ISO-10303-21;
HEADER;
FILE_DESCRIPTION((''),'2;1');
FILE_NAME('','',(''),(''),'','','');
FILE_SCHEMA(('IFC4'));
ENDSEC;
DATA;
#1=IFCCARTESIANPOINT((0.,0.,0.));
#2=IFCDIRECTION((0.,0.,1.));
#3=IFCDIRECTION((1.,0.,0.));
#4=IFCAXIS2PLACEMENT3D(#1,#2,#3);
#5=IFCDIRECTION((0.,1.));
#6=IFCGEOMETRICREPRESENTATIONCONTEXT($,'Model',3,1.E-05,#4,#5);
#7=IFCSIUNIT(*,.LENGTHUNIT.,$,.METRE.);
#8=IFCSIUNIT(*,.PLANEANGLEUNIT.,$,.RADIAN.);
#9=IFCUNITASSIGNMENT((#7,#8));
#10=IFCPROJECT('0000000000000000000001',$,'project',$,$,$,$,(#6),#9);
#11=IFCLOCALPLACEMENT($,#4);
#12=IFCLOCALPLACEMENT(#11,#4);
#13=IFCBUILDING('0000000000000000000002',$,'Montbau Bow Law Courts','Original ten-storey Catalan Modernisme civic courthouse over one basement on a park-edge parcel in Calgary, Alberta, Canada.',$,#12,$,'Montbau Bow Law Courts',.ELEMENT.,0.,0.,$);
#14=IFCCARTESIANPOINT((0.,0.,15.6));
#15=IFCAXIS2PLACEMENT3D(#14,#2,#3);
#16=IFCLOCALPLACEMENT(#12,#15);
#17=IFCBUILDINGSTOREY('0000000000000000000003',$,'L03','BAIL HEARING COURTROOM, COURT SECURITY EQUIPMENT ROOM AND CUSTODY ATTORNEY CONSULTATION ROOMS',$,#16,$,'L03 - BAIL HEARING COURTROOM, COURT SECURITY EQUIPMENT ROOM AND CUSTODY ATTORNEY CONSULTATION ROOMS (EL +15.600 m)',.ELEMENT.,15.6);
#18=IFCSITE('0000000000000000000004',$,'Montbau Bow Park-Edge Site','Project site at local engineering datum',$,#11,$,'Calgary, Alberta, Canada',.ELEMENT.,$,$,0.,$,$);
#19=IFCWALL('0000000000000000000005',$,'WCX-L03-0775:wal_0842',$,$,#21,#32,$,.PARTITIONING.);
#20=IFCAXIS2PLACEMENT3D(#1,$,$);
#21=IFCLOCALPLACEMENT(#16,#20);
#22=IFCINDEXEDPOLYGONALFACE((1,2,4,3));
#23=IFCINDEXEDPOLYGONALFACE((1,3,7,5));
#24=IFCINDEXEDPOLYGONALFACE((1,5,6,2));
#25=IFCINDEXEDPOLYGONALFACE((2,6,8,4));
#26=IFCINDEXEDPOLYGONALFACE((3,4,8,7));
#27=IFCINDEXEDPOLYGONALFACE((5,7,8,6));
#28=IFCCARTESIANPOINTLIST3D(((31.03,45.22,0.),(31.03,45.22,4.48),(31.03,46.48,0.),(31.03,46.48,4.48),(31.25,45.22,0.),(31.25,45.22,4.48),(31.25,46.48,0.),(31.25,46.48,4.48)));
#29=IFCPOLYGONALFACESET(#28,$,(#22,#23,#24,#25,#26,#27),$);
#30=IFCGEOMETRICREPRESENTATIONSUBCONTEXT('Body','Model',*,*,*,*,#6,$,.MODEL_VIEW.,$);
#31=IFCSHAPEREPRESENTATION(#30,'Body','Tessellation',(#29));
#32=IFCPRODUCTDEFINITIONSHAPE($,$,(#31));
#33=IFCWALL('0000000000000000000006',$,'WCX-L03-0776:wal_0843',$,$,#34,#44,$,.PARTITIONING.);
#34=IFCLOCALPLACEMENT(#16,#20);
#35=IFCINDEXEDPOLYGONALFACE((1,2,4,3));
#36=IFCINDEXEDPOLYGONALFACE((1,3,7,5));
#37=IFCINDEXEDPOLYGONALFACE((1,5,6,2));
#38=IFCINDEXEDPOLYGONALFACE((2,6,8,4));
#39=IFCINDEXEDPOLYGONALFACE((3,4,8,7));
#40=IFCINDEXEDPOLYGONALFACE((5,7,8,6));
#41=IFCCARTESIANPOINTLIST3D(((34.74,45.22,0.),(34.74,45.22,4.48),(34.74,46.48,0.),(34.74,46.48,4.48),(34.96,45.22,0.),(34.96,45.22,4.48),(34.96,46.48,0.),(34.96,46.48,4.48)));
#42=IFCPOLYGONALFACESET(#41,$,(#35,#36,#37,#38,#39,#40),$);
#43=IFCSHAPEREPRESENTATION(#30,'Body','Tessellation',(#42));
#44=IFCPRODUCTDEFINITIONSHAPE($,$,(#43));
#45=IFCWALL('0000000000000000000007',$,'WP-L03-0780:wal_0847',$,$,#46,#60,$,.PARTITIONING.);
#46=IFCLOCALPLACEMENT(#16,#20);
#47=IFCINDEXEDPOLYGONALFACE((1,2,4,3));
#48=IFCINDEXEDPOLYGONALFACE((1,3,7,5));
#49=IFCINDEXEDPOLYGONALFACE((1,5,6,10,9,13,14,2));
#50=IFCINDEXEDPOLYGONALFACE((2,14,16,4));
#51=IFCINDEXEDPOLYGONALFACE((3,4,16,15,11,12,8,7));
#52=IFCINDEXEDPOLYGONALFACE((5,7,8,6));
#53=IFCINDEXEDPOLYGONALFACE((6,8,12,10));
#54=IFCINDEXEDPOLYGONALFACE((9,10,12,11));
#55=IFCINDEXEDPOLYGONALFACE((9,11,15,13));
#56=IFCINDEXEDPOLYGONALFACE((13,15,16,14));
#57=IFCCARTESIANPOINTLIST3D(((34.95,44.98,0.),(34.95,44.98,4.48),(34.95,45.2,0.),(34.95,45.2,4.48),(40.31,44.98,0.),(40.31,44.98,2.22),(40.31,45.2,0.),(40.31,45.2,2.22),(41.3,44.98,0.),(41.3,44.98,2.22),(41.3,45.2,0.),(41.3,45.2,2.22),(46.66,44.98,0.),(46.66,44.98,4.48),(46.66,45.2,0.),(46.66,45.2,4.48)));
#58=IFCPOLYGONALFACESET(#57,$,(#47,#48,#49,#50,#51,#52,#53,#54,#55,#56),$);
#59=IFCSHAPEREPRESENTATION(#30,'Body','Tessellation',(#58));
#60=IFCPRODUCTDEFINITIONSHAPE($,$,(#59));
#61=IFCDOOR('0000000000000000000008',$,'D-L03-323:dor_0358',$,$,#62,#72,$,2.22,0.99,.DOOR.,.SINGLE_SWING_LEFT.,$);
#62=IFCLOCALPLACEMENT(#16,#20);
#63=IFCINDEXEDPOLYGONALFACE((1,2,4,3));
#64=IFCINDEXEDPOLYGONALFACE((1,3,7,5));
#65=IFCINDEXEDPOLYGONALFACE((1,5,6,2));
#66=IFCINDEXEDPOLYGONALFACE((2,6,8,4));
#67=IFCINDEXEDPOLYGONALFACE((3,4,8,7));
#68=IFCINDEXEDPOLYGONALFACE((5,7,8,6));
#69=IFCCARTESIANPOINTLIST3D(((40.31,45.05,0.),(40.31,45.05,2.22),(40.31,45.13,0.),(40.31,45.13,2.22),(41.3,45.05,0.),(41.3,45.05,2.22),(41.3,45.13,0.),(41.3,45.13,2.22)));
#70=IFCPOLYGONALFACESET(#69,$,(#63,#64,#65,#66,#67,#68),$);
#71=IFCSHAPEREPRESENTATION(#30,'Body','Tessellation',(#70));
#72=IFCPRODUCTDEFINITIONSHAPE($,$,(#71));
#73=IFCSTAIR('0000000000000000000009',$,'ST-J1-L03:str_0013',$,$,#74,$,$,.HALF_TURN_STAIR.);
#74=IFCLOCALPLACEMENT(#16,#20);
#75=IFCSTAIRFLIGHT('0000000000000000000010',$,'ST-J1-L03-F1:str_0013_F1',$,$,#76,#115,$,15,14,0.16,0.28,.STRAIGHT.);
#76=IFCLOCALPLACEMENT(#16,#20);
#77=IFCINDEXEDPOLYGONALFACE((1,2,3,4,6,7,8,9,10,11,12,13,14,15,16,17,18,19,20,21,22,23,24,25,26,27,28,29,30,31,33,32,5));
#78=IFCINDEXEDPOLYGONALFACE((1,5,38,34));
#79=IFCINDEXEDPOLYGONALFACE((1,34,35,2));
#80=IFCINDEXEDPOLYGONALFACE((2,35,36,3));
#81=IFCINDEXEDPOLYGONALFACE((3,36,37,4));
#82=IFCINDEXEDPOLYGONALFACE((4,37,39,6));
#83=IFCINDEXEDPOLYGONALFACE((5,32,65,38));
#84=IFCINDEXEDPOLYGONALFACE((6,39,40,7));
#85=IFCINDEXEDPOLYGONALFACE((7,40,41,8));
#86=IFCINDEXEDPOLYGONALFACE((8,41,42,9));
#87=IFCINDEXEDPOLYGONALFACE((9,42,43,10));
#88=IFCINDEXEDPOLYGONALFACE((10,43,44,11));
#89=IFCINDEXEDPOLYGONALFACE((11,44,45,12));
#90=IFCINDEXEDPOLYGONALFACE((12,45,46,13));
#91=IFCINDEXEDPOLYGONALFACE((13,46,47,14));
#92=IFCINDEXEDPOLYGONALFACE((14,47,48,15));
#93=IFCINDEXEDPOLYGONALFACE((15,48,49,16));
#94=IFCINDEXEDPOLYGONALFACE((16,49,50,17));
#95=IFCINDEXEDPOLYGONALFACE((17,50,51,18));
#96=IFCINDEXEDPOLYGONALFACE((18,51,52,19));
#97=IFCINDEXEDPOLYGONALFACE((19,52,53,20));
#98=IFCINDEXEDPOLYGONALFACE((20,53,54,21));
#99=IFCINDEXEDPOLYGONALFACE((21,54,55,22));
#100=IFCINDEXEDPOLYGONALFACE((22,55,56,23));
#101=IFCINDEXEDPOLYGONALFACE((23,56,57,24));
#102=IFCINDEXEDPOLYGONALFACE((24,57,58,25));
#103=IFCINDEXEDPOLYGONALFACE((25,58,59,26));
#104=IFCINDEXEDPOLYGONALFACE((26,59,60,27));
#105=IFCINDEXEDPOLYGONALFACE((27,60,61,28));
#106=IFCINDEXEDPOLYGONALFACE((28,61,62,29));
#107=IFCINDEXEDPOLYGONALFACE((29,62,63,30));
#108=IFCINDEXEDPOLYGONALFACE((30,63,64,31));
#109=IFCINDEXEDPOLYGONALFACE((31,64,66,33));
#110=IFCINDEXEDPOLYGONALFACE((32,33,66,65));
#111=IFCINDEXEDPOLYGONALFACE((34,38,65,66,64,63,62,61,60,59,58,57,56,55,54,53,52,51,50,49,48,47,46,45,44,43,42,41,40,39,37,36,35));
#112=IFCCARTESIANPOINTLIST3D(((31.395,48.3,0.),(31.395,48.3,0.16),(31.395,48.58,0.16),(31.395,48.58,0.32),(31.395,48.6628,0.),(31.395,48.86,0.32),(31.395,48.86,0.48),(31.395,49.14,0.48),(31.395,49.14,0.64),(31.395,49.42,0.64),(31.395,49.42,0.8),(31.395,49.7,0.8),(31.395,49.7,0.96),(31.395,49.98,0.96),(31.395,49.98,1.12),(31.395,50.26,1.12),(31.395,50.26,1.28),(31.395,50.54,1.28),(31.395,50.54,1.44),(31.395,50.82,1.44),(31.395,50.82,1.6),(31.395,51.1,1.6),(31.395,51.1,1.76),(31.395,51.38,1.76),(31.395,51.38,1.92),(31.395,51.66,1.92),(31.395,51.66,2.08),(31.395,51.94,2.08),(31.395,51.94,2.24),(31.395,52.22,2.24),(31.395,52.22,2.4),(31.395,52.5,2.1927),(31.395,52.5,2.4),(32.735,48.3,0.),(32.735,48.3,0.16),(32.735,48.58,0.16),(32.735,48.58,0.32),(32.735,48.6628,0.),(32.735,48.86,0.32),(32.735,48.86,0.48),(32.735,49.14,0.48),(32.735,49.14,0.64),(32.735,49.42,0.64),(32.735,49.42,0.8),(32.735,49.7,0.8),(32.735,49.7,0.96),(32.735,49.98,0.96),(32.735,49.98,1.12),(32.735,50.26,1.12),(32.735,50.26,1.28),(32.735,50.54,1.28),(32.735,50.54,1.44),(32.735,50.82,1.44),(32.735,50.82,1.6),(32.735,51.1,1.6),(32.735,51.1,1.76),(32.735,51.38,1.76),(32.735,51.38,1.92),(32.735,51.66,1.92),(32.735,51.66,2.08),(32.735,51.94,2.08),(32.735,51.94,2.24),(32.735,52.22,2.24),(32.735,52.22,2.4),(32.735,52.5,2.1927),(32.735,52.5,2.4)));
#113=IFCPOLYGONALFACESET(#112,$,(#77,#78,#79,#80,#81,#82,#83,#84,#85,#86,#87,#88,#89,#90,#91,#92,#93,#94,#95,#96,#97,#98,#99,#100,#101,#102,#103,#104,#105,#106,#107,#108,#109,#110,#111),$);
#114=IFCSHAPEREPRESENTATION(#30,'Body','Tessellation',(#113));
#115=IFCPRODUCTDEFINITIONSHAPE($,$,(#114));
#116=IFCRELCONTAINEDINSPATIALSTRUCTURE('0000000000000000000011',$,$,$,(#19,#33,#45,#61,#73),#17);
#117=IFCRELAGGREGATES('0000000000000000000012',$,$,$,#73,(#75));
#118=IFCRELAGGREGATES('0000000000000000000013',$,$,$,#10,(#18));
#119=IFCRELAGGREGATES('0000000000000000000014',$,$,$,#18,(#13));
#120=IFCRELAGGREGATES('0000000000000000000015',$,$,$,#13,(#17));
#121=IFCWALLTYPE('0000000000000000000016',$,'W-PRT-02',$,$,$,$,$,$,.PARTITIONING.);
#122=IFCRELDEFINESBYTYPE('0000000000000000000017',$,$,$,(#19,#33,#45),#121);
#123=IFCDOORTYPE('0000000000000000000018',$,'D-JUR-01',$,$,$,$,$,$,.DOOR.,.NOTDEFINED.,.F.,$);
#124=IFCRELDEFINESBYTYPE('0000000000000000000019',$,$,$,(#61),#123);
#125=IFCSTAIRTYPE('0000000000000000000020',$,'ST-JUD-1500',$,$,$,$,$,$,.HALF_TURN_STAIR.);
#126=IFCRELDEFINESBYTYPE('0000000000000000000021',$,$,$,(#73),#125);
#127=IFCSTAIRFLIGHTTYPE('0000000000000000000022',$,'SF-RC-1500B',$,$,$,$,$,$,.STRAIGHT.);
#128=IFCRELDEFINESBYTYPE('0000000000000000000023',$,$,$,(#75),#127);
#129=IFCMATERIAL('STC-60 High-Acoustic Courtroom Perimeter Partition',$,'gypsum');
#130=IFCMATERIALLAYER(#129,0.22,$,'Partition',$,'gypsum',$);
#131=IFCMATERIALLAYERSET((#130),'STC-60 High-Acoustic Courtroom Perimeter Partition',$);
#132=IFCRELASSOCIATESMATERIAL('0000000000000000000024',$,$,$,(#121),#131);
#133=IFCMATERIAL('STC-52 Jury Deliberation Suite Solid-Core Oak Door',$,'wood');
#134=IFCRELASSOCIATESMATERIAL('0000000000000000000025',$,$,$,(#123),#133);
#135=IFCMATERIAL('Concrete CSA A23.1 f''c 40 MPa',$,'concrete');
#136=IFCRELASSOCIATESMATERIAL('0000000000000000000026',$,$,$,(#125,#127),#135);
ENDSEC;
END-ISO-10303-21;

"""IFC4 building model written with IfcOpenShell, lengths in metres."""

from ifc_helpers import new_model, si_unit, direction, frame, frame_2d, origin_with_axes, place, context, subcontext, project, spatial, polyline, rectangle, outline, extrude, material, layer, layer_set, type_object, element, fill, aggregate, save


model = new_model("IFC4")

# Units and contexts
model_context = context("Model", 3, precision=1e-05, world=origin_with_axes(), true_north=direction((0.0, 1.0)))
body_context = subcontext(model_context, "Body", "Model", "MODEL_VIEW")
ifc_project = project(units=[si_unit("LENGTHUNIT", "METRE"), si_unit("PLANEANGLEUNIT", "RADIAN")], contexts=[model_context])

# Site, building, storey
site_placement = place(None, origin_with_axes())
site = spatial("IfcSite", under=ifc_project, at=site_placement, Name="Montbau Bow Park-Edge Site", Description="Project site at local engineering datum", LongName="Calgary, Alberta, Canada", CompositionType="ELEMENT", RefElevation=0.0)
building_placement = place(site_placement, origin_with_axes())
building = spatial("IfcBuilding", under=site, at=building_placement, Name="Montbau Bow Law Courts", Description="Original ten-storey Catalan Modernisme civic courthouse over one basement on a park-edge parcel in Calgary, Alberta, Canada.", LongName="Montbau Bow Law Courts", CompositionType="ELEMENT", ElevationOfRefHeight=0.0, ElevationOfTerrain=0.0)
storey_placement = place(building_placement, frame((0.0, 0.0, 15.6), z_axis=(0.0, 0.0, 1.0), x_axis=(1.0, 0.0, 0.0)))
storey = spatial("IfcBuildingStorey", under=building, at=storey_placement, Name="L03", Description="BAIL HEARING COURTROOM, COURT SECURITY EQUIPMENT ROOM AND CUSTODY ATTORNEY CONSULTATION ROOMS", LongName="L03 - BAIL HEARING COURTROOM, COURT SECURITY EQUIPMENT ROOM AND CUSTODY ATTORNEY CONSULTATION ROOMS (EL +15.600 m)", CompositionType="ELEMENT", Elevation=15.6)

# Walls
ifc_material_1 = material(Name="STC-60 High-Acoustic Courtroom Perimeter Partition", Category="gypsum")
ifc_layer_1 = layer(ifc_material_1, 0.22, Name="Partition", Category="gypsum")
ifc_layer_set_1 = layer_set([ifc_layer_1], Name="STC-60 High-Acoustic Courtroom Perimeter Partition")
wall_type_1 = type_object("IfcWallType", Name="W-PRT-02", PredefinedType="PARTITIONING", material=ifc_layer_set_1)
for number, where, z_axis, x_axis, name in (
    (1, (31.14, 45.22, 15.6), (0.0, 0.0, 1.0), (0.0, 1.0, 0.0), "WCX-L03-0775:wal_0842"),
    (2, (34.85, 45.22, 15.6), (0.0, 0.0, 1.0), (0.0, 1.0, 0.0), "WCX-L03-0776:wal_0843"),
):
    element("IfcWall", number, at=place(None, frame(where, z_axis=z_axis, x_axis=x_axis)), inside=storey, type_object=wall_type_1, Name=name, PredefinedType="PARTITIONING", context=body_context, shape_type="SweptSolid", body=[
        extrude(rectangle(XDim=1.26, YDim=0.22, at=frame_2d((0.63, 0.0), x_axis=(1.0, 0.0))), origin_with_axes(), (0.0, 0.0, 1.0), 4.48),
    ])

# Wall, opening, door
wall_1_placement = place(None, frame((34.95, 45.09, 15.6), z_axis=(0.0, 0.0, 1.0), x_axis=(1.0, 0.0, 0.0)))
wall_1 = element("IfcWall", 3, at=wall_1_placement, inside=storey, type_object=wall_type_1, Name="WP-L03-0780:wal_0847", PredefinedType="PARTITIONING", context=body_context, shape_type="SweptSolid", body=[
    extrude(rectangle(XDim=11.71, YDim=0.22, at=frame_2d((5.855, 0.0), x_axis=(1.0, 0.0))), origin_with_axes(), (0.0, 0.0, 1.0), 4.48),
])
opening_1_placement = place(None, frame((40.805, 45.09, 15.6), z_axis=(0.0, 0.0, 1.0), x_axis=(1.0, 0.0, 0.0)))
opening_1 = element("IfcOpeningElement", 4, at=opening_1_placement, cuts=wall_1, PredefinedType="OPENING", context=body_context, shape_type="SweptSolid", body=[
    extrude(rectangle(XDim=0.99, YDim=2.22, at=frame_2d((0.0, 1.11), x_axis=(1.0, 0.0))), frame((0.0, 0.12, 0.0), z_axis=(0.0, -1.0, 0.0), x_axis=(1.0, 0.0, 0.0)), (0.0, 0.0, 1.0), 0.24),
])
ifc_material_2 = material(Name="STC-52 Jury Deliberation Suite Solid-Core Oak Door", Category="wood")
door_type_1 = type_object("IfcDoorType", Name="D-JUR-01", OperationType="NOTDEFINED", ParameterTakesPrecedence=False, PredefinedType="DOOR", material=ifc_material_2)
door_1_placement = place(None, frame((40.805, 45.09, 15.6), z_axis=(0.0, 0.0, 1.0), x_axis=(-1.0, 0.0, 0.0)))
door_1 = element("IfcDoor", 5, at=door_1_placement, inside=storey, type_object=door_type_1, Name="D-L03-323:dor_0358", OperationType="SINGLE_SWING_LEFT", OverallHeight=2.22, OverallWidth=0.99, PredefinedType="DOOR", context=body_context, shape_type="SweptSolid", body=[
    extrude(rectangle(XDim=0.99, YDim=2.22, at=frame_2d((0.0, 1.11), x_axis=(1.0, 0.0))), frame((0.0, 0.04, 0.0), z_axis=(0.0, -1.0, 0.0), x_axis=(1.0, 0.0, 0.0)), (0.0, 0.0, 1.0), 0.08),
])
fill(opening_1, door_1)

# Stair, stair flight
ifc_material_3 = material(Name="Concrete CSA A23.1 f'c 40 MPa", Category="concrete")
stair_type = type_object("IfcStairType", Name="ST-JUD-1500", PredefinedType="HALF_TURN_STAIR", material=ifc_material_3)
stair_placement = place(None, frame((32.065, 48.3, 15.6), z_axis=(0.0, 0.0, 1.0), x_axis=(1.0, 0.0, 0.0)))
stair = element("IfcStair", 6, at=stair_placement, inside=storey, type_object=stair_type, Name="ST-J1-L03:str_0013", PredefinedType="HALF_TURN_STAIR")
stair_flight_type = type_object("IfcStairFlightType", Name="SF-RC-1500B", PredefinedType="STRAIGHT", material=ifc_material_3)
stair_flight_placement = place(None, frame((32.065, 48.3, 15.6), z_axis=(0.0, 0.0, 1.0), x_axis=(0.0, 1.0, 0.0)))
stair_flight = element("IfcStairFlight", 7, at=stair_flight_placement, type_object=stair_flight_type, Name="ST-J1-L03-F1:str_0013_F1", NumberOfRisers=15, NumberOfTreads=14, PredefinedType="STRAIGHT", RiserHeight=0.16, TreadLength=0.28, context=body_context, shape_type="SweptSolid", body=[
    extrude(outline(polyline([(0.0, 0.0), (0.0, 0.16), (0.28, 0.16), (0.28, 0.32), (0.56, 0.32), (0.56, 0.48), (0.84, 0.48), (0.84, 0.64), (1.12, 0.64), (1.12, 0.8), (1.4, 0.8), (1.4, 0.96), (1.68, 0.96), (1.68, 1.12), (1.96, 1.12), (1.96, 1.28), (2.24, 1.28), (2.24, 1.44), (2.52, 1.44), (2.52, 1.6), (2.8, 1.6), (2.8, 1.76), (3.08, 1.76), (3.08, 1.92), (3.36, 1.92), (3.36, 2.08), (3.64, 2.08), (3.64, 2.24), (3.92, 2.24), (3.92, 2.4), (4.2, 2.4), (4.2, 2.1927), (0.3628, 0.0), (0.0, 0.0)])), frame((0.0, 0.67, 0.0), z_axis=(0.0, -1.0, 0.0), x_axis=(1.0, 0.0, 0.0)), (0.0, 0.0, 1.0), 1.34),
])
aggregate(stair, [stair_flight])

save(model, "model.ifc")
